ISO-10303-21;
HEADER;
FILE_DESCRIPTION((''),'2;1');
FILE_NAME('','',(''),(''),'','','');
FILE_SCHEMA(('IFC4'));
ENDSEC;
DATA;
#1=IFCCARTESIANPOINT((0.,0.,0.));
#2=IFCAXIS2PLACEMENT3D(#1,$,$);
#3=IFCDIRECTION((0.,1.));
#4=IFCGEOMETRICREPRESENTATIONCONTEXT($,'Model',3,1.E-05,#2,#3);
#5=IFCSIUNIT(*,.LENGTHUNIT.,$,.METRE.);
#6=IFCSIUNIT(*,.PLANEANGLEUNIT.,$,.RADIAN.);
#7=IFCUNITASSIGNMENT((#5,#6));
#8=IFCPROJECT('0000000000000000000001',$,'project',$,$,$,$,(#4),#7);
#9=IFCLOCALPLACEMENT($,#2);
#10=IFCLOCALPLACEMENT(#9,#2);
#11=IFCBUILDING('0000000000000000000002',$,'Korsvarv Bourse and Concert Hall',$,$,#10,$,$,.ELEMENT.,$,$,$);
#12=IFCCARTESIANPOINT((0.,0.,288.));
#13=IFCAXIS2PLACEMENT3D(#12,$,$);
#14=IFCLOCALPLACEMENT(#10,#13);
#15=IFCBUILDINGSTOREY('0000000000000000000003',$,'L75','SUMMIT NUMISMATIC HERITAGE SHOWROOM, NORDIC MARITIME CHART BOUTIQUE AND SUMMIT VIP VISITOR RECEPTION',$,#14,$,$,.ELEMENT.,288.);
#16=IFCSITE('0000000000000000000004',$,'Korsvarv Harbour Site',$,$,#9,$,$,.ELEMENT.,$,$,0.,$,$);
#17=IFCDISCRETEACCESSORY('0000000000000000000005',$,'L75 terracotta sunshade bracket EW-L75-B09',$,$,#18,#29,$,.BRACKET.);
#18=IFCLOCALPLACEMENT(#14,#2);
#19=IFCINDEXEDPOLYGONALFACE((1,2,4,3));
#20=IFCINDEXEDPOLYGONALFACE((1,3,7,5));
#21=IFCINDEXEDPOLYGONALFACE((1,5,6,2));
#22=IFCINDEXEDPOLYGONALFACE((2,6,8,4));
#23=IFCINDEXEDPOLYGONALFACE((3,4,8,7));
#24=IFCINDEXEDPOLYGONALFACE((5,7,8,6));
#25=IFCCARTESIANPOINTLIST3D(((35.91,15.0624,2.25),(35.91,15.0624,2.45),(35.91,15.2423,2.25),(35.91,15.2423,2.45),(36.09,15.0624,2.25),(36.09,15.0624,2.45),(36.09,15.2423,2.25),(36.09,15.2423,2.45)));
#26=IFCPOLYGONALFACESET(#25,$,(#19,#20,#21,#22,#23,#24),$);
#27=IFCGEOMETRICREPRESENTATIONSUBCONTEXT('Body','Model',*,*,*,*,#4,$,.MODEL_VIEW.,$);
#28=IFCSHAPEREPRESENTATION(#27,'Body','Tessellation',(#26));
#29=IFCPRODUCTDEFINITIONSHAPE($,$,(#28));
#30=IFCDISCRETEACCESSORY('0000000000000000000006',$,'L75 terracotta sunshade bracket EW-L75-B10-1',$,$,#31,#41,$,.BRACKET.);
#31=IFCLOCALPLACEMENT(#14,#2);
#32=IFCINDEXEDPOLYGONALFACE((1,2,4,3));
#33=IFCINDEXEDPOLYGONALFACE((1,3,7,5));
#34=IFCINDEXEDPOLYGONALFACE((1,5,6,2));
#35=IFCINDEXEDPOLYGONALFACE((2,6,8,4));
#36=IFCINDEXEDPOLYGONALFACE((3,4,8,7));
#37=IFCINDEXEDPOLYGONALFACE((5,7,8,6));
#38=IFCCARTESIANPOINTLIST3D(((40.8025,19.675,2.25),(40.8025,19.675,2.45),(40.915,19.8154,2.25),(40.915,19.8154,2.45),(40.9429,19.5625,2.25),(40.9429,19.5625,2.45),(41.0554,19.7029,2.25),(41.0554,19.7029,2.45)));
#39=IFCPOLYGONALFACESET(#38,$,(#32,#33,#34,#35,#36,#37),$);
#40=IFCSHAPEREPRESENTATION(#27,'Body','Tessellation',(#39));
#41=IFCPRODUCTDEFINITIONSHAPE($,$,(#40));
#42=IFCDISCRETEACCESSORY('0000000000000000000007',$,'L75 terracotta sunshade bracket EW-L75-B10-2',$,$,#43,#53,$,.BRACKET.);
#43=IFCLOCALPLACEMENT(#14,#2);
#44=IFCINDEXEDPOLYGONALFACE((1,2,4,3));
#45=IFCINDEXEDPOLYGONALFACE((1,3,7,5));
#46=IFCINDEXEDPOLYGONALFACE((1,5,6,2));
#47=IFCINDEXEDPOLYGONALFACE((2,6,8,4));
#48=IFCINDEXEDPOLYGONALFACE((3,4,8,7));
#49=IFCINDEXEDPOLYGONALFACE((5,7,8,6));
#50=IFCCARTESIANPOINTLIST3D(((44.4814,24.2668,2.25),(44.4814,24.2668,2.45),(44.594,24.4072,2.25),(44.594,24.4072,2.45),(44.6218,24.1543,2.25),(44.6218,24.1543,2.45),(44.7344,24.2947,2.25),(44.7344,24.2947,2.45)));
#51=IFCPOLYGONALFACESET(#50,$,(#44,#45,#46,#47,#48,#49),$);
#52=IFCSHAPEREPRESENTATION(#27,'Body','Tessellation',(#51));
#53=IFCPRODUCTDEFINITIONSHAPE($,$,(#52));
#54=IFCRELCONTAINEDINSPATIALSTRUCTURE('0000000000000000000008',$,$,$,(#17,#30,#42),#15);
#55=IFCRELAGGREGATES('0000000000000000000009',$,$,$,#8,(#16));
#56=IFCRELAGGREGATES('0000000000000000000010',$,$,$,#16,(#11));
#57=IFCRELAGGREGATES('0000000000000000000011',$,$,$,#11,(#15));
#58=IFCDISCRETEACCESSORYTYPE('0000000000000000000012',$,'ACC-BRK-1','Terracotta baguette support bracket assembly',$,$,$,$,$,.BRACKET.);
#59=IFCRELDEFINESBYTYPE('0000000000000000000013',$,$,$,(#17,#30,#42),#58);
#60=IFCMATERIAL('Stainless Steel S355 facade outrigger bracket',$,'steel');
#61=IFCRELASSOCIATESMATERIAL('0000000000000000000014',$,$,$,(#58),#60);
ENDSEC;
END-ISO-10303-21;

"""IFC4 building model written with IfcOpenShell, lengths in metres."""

from ifc_helpers import new_model, si_unit, direction, frame, origin, origin_2d, place, context, subcontext, project, spatial, rectangle, extrude, source, transform, mapped, material, type_object, element, save


model = new_model("IFC4")

# Units and contexts
model_context = context("Model", 3, precision=1e-05, world=origin(), true_north=direction((0.0, 1.0)))
body_context = subcontext(model_context, "Body", "Model", "MODEL_VIEW")
ifc_project = project(units=[si_unit("LENGTHUNIT", "METRE"), si_unit("PLANEANGLEUNIT", "RADIAN")], contexts=[model_context])

# Site, building, storey
site_placement = place(None, origin())
site = spatial("IfcSite", under=ifc_project, at=site_placement, Name="Korsvarv Harbour Site", CompositionType="ELEMENT", RefElevation=0.0)
building_placement = place(site_placement, origin())
building = spatial("IfcBuilding", under=site, at=building_placement, Name="Korsvarv Bourse and Concert Hall", CompositionType="ELEMENT")
storey_placement = place(building_placement, frame((0.0, 0.0, 288.0)))
storey = spatial("IfcBuildingStorey", under=building, at=storey_placement, Name="L75", Description="SUMMIT NUMISMATIC HERITAGE SHOWROOM, NORDIC MARITIME CHART BOUTIQUE AND SUMMIT VIP VISITOR RECEPTION", CompositionType="ELEMENT", Elevation=288.0)

# Discrete accessories
ifc_material_1 = material(Name="Stainless Steel S355 facade outrigger bracket", Category="steel")
discrete_accessory_type = type_object("IfcDiscreteAccessoryType", Name="ACC-BRK-1", Description="Terracotta baguette support bracket assembly", PredefinedType="BRACKET", material=ifc_material_1)
shared_shape_1 = source(origin(), body_context, "Body", "SweptSolid", [
    extrude(rectangle(XDim=0.1799, YDim=0.1799, at=origin_2d()), origin(), (0.0, 0.0, 1.0), 0.2),
])
for number, where, z_axis, x_axis, name in (
    (1, (36.0, 15.1523, 2.25), (0.0, 0.0, 1.0), (1.0, 0.0, 0.0), "L75 terracotta sunshade bracket EW-L75-B09"),
    (2, (40.929, 19.689, 2.25), (0.0, 0.0, 1.0), (0.625243, 0.78043, 0.0), "L75 terracotta sunshade bracket EW-L75-B10-1"),
    (3, (44.6079, 24.2808, 2.25), (0.0, 0.0, 1.0), (0.625379, 0.780321, 0.0), "L75 terracotta sunshade bracket EW-L75-B10-2"),
):
    element("IfcDiscreteAccessory", number, at=place(storey_placement, frame(where, z_axis=z_axis, x_axis=x_axis)), inside=storey, type_object=discrete_accessory_type, Name=name, PredefinedType="BRACKET", context=body_context, shape_type="MappedRepresentation", body=[
        mapped(shared_shape_1, transform((0.0, 0.0, 0.0), scale=1.0)),
    ])

save(model, "model.ifc")
